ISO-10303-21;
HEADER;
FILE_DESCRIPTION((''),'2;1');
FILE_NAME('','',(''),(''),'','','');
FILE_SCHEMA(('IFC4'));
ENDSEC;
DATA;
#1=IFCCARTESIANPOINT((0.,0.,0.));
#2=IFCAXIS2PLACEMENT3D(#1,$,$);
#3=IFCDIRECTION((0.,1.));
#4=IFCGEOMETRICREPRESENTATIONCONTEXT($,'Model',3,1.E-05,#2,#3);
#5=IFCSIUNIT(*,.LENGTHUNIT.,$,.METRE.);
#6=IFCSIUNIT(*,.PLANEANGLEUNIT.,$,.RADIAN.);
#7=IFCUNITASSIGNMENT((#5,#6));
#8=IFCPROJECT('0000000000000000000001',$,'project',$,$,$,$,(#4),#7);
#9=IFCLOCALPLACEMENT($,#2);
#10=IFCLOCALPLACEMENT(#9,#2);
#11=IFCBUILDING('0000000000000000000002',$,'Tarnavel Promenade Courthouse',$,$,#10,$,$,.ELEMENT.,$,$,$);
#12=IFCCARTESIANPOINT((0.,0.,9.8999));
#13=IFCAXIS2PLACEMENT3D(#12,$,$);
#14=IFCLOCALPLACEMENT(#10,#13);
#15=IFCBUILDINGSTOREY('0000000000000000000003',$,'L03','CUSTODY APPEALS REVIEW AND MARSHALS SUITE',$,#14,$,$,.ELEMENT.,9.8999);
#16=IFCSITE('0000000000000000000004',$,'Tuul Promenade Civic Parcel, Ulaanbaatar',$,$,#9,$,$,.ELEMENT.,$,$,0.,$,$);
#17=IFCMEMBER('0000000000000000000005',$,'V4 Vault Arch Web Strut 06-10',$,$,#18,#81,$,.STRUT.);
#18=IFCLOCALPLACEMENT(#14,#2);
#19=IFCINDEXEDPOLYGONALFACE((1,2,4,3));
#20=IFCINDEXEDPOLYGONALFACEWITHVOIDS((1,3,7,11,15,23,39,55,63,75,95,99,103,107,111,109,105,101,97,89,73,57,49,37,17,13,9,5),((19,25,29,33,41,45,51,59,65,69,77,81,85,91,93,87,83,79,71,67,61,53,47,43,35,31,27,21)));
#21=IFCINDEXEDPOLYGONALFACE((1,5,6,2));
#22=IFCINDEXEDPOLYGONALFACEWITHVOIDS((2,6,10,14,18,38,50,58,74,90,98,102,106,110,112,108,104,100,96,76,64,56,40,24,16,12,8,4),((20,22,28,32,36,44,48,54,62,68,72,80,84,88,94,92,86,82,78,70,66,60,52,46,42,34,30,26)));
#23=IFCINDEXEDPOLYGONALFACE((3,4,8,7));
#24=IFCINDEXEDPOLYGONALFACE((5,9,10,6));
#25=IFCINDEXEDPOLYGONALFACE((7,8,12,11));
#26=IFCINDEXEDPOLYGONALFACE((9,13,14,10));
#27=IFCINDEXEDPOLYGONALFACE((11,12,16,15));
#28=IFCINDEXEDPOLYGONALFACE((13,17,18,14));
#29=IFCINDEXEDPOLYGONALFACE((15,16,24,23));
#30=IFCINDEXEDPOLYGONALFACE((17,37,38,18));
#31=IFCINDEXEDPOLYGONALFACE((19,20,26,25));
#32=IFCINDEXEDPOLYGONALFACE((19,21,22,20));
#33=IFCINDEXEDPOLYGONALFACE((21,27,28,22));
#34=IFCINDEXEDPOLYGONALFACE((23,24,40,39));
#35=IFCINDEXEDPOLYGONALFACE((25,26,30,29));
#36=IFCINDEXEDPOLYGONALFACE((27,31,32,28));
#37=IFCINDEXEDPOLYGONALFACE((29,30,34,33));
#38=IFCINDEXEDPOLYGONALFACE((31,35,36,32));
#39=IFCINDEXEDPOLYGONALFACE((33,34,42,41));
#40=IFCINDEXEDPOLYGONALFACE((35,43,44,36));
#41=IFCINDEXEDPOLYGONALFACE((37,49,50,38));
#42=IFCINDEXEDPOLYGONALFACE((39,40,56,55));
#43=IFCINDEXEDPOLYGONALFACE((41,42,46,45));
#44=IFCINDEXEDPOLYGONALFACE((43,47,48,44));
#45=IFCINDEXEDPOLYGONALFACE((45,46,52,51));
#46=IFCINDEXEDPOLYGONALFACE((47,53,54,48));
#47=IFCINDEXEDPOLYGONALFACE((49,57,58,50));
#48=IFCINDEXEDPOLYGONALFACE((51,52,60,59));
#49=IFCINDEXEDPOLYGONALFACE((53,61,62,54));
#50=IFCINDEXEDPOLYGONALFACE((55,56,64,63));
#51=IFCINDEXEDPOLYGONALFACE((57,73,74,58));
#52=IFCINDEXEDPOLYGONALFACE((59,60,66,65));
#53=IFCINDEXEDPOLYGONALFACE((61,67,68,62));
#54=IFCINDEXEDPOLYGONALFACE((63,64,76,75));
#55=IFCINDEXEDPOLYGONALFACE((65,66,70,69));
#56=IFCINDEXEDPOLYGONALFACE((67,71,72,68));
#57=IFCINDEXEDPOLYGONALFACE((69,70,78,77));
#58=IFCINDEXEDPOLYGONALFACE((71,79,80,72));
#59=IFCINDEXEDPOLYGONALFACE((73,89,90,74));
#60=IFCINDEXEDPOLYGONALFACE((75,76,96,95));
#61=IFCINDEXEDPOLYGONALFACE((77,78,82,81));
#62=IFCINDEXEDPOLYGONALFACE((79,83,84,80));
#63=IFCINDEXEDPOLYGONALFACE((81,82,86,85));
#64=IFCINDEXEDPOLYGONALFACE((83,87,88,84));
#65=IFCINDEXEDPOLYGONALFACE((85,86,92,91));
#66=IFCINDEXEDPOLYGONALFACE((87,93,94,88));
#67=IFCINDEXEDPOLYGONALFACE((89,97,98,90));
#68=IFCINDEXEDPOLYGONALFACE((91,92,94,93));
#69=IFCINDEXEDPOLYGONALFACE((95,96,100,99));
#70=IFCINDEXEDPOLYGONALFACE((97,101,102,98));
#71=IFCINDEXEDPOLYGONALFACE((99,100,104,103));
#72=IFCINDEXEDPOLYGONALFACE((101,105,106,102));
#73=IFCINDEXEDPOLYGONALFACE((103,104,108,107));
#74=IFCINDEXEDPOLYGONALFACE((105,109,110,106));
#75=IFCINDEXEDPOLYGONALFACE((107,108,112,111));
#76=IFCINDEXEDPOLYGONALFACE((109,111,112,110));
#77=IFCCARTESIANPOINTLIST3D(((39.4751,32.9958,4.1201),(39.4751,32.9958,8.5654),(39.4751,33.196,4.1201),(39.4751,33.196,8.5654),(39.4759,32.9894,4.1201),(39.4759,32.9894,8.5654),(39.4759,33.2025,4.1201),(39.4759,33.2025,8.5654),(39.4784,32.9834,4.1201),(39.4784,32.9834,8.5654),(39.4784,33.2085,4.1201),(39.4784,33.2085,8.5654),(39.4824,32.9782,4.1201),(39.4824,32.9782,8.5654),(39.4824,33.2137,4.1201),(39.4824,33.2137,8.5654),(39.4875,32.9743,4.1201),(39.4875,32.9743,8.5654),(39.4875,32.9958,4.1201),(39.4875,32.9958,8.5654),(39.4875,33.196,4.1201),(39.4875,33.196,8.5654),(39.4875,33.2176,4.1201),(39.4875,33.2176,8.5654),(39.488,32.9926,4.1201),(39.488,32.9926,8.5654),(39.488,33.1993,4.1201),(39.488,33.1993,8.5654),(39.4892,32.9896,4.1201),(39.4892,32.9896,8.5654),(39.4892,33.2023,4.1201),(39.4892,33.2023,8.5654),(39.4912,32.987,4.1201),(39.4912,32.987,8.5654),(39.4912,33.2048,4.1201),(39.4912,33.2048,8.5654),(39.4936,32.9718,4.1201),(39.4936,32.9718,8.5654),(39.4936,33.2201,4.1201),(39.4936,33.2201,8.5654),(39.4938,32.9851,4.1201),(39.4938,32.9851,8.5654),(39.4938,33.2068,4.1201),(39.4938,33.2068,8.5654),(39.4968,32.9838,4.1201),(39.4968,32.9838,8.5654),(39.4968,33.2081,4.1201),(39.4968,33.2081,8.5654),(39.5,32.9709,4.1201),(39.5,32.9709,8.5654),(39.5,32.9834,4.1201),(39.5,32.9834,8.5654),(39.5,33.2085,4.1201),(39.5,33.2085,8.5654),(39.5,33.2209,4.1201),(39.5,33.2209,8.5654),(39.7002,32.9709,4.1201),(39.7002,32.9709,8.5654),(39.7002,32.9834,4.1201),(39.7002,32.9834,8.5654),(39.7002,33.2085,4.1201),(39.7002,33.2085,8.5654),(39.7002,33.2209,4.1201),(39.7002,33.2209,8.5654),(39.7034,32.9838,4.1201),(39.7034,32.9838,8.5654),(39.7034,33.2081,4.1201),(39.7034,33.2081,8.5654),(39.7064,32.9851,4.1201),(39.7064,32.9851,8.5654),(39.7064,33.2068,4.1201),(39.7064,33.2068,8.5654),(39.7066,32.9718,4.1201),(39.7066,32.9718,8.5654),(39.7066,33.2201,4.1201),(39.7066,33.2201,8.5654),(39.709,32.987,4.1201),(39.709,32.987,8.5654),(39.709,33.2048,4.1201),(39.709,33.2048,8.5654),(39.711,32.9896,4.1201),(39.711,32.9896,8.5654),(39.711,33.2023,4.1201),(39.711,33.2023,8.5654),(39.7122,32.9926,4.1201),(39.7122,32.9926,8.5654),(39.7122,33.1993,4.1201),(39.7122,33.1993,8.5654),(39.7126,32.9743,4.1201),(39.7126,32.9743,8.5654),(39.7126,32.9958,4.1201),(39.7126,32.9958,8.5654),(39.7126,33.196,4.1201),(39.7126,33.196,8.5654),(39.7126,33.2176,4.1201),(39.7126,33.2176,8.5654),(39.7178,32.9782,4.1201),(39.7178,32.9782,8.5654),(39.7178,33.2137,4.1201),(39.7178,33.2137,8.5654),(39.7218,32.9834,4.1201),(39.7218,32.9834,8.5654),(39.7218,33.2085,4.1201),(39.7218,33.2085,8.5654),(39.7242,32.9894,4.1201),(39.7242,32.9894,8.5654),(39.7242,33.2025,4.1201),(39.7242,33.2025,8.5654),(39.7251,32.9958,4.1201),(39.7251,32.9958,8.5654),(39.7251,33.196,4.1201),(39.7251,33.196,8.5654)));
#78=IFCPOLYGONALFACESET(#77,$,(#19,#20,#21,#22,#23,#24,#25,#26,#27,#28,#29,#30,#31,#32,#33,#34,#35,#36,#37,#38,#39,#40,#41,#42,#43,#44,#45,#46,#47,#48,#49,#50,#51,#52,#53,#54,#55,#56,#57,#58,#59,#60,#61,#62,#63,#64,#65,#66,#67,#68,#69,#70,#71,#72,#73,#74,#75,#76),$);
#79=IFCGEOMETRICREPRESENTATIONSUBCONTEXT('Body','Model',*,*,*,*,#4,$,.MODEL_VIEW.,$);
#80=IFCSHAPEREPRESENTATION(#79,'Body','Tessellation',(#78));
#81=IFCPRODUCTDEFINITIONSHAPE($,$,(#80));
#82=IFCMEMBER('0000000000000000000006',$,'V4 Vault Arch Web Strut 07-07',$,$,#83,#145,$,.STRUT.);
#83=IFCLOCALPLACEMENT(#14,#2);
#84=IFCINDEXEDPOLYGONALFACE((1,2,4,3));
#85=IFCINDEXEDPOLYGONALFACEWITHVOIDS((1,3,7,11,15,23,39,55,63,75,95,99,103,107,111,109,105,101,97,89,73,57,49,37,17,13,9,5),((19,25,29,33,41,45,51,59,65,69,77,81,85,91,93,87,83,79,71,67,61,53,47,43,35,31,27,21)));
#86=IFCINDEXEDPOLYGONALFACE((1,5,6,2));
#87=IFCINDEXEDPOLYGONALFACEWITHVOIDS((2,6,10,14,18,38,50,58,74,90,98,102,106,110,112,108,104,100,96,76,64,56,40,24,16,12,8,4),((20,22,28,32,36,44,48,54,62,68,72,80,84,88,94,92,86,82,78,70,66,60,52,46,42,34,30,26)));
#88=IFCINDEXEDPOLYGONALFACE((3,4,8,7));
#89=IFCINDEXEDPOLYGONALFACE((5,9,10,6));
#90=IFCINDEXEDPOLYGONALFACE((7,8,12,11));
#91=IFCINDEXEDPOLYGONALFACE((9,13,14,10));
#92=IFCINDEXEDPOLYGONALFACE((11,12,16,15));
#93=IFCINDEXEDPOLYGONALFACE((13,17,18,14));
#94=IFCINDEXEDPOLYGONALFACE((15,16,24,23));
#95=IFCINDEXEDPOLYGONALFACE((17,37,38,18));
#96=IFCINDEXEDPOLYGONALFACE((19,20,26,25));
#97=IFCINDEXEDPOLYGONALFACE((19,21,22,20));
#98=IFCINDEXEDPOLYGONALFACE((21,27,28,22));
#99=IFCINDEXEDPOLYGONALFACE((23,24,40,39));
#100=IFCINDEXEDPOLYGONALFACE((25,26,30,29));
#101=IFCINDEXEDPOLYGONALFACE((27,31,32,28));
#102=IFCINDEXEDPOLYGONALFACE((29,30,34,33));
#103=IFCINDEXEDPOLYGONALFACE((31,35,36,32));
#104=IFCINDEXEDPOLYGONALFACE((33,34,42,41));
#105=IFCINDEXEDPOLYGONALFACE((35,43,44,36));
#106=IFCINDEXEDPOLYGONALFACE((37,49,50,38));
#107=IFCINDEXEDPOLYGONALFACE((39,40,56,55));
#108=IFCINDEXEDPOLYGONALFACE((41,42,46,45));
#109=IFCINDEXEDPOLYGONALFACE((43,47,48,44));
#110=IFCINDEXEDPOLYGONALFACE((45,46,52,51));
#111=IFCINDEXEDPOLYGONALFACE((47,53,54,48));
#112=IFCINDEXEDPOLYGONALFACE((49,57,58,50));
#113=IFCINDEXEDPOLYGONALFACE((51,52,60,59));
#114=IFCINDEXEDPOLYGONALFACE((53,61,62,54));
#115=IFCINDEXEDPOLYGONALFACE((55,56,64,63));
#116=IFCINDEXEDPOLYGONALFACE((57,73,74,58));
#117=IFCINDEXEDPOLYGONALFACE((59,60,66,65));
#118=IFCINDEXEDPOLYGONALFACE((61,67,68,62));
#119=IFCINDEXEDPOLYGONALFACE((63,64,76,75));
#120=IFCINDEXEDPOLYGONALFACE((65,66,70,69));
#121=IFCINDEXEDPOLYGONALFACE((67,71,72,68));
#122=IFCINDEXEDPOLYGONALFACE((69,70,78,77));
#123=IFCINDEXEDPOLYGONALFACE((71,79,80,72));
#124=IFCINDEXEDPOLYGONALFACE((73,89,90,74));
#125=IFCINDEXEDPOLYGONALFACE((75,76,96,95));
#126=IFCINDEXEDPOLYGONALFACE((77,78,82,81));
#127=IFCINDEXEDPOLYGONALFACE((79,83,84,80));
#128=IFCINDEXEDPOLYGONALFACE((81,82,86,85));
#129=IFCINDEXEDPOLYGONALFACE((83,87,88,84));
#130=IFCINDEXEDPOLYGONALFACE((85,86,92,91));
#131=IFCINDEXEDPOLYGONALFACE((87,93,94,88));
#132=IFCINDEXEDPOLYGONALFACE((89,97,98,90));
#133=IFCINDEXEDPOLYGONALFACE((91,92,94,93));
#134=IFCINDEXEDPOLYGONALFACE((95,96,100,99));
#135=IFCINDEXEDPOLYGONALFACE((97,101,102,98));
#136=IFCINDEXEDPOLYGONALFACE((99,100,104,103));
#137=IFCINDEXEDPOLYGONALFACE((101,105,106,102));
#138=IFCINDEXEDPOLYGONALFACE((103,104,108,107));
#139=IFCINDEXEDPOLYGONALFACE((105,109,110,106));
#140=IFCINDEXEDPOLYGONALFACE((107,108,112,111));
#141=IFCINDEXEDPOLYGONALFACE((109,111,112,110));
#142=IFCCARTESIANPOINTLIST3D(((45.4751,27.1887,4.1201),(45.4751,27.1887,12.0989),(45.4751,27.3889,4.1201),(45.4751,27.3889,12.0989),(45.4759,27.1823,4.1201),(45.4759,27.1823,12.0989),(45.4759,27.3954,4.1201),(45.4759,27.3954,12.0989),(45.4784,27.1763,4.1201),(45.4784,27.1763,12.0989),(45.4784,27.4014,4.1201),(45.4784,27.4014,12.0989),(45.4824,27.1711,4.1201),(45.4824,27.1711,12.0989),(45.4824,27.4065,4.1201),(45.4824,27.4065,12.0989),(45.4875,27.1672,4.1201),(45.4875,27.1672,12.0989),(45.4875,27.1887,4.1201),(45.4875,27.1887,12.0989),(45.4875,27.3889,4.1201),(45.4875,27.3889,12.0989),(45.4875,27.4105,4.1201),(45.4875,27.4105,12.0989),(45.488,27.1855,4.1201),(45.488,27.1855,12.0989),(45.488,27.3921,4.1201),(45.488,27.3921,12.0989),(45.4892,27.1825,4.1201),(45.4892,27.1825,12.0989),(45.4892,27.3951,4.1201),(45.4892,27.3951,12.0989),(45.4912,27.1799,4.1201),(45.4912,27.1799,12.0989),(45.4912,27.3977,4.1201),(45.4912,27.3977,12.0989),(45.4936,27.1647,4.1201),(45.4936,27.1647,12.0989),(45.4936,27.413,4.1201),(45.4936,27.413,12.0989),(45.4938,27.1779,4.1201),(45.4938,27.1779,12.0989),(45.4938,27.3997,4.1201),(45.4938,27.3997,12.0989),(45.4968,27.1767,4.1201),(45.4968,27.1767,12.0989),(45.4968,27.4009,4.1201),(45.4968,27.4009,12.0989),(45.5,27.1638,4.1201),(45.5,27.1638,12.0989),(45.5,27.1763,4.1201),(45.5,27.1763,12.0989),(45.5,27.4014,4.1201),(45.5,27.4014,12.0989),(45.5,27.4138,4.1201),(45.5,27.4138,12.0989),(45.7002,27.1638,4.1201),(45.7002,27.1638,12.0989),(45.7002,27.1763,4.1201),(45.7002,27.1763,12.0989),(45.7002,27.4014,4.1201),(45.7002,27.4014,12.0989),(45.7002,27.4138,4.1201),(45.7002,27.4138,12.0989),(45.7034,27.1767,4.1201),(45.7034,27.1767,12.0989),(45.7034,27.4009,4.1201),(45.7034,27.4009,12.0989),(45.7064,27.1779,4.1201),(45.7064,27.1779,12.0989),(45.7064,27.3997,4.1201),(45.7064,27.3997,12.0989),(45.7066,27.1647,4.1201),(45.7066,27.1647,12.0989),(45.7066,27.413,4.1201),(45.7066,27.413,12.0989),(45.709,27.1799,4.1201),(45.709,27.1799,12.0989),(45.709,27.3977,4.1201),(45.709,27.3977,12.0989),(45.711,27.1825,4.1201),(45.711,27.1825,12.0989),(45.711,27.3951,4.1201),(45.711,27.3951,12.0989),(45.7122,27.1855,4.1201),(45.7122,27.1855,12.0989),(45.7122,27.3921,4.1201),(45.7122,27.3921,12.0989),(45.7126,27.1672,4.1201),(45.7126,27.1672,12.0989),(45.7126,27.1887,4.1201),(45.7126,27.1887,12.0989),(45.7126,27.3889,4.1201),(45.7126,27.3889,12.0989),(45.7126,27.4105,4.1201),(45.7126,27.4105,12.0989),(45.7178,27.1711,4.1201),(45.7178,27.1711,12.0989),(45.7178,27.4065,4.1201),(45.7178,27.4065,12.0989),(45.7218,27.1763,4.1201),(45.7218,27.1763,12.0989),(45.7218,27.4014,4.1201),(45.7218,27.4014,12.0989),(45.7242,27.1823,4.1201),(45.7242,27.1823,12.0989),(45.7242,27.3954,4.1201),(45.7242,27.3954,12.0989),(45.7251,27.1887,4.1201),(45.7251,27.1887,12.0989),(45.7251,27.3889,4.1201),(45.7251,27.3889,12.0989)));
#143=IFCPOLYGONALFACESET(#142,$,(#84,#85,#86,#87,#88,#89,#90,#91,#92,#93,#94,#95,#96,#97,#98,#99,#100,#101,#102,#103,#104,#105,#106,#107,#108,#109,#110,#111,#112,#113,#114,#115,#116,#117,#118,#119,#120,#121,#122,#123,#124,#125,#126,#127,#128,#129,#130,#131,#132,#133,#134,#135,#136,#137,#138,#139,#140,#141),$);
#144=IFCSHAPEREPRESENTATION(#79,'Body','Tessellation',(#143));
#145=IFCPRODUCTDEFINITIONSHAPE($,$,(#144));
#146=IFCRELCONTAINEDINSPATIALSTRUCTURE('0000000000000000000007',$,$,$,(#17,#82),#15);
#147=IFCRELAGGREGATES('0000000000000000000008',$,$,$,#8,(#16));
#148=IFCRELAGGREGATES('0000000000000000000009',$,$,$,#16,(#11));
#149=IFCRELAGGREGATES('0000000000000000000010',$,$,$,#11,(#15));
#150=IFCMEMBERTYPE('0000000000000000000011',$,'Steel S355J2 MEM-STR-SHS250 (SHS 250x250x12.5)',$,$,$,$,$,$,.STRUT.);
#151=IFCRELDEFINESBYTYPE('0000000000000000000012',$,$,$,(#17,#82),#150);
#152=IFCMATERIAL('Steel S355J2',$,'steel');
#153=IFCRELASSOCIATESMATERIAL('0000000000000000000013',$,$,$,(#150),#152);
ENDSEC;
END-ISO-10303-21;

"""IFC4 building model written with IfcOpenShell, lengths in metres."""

from ifc_helpers import new_model, si_unit, direction, frame, origin, origin_2d, place, context, subcontext, project, spatial, hollow_rectangle, extrude, material, material_profile, profile_set, type_object, element, save


model = new_model("IFC4")

# Units and contexts
model_context = context("Model", 3, precision=1e-05, world=origin(), true_north=direction((0.0, 1.0)))
body_context = subcontext(model_context, "Body", "Model", "MODEL_VIEW")
ifc_project = project(units=[si_unit("LENGTHUNIT", "METRE"), si_unit("PLANEANGLEUNIT", "RADIAN")], contexts=[model_context])

# Site, building, storey
site_placement = place(None, origin())
site = spatial("IfcSite", under=ifc_project, at=site_placement, Name="Tuul Promenade Civic Parcel, Ulaanbaatar", CompositionType="ELEMENT", RefElevation=0.0)
building_placement = place(site_placement, origin())
building = spatial("IfcBuilding", under=site, at=building_placement, Name="Tarnavel Promenade Courthouse", CompositionType="ELEMENT")
storey_placement = place(building_placement, frame((0.0, 0.0, 9.8999)))
storey = spatial("IfcBuildingStorey", under=building, at=storey_placement, Name="L03", Description="CUSTODY APPEALS REVIEW AND MARSHALS SUITE", CompositionType="ELEMENT", Elevation=9.8999)

# Shared definitions
ifc_material_1 = material(Name="Steel S355J2", Category="steel")

# Members
ifc_material_profile_1 = material_profile(ifc_material_1, hollow_rectangle(XDim=0.25, YDim=0.25, WallThickness=0.0125, InnerFilletRadius=0.0125, OuterFilletRadius=0.0249, at=origin_2d()), Name="SHS 250x250x12.5")
ifc_profile_set_1 = profile_set([ifc_material_profile_1], Name="Steel S355J2")
member_type_1 = type_object("IfcMemberType", Name="Steel S355J2 MEM-STR-SHS250 (SHS 250x250x12.5)", PredefinedType="STRUT", material=ifc_profile_set_1)
member_1_placement = place(storey_placement, frame((39.6001, 33.0959, 4.1201), z_axis=(0.0, 0.0, 1.0), x_axis=(1.0, 0.0, 0.0)))
element("IfcMember", 1, at=member_1_placement, inside=storey, type_object=member_type_1, Name="V4 Vault Arch Web Strut 06-10", PredefinedType="STRUT", context=body_context, shape_type="SweptSolid", body=[
    extrude(hollow_rectangle(XDim=0.25, YDim=0.25, WallThickness=0.0125, InnerFilletRadius=0.0125, OuterFilletRadius=0.0249, at=origin_2d()), origin(), (0.0, 0.0, 1.0), 4.4453),
])
member_2_placement = place(storey_placement, frame((45.6001, 27.2888, 4.1201), z_axis=(0.0, 0.0, 1.0), x_axis=(1.0, 0.0, 0.0)))
element("IfcMember", 2, at=member_2_placement, inside=storey, type_object=member_type_1, Name="V4 Vault Arch Web Strut 07-07", PredefinedType="STRUT", context=body_context, shape_type="SweptSolid", body=[
    extrude(hollow_rectangle(XDim=0.25, YDim=0.25, WallThickness=0.0125, InnerFilletRadius=0.0125, OuterFilletRadius=0.0249, at=origin_2d()), origin(), (0.0, 0.0, 1.0), 7.9788),
])

save(model, "model.ifc")
